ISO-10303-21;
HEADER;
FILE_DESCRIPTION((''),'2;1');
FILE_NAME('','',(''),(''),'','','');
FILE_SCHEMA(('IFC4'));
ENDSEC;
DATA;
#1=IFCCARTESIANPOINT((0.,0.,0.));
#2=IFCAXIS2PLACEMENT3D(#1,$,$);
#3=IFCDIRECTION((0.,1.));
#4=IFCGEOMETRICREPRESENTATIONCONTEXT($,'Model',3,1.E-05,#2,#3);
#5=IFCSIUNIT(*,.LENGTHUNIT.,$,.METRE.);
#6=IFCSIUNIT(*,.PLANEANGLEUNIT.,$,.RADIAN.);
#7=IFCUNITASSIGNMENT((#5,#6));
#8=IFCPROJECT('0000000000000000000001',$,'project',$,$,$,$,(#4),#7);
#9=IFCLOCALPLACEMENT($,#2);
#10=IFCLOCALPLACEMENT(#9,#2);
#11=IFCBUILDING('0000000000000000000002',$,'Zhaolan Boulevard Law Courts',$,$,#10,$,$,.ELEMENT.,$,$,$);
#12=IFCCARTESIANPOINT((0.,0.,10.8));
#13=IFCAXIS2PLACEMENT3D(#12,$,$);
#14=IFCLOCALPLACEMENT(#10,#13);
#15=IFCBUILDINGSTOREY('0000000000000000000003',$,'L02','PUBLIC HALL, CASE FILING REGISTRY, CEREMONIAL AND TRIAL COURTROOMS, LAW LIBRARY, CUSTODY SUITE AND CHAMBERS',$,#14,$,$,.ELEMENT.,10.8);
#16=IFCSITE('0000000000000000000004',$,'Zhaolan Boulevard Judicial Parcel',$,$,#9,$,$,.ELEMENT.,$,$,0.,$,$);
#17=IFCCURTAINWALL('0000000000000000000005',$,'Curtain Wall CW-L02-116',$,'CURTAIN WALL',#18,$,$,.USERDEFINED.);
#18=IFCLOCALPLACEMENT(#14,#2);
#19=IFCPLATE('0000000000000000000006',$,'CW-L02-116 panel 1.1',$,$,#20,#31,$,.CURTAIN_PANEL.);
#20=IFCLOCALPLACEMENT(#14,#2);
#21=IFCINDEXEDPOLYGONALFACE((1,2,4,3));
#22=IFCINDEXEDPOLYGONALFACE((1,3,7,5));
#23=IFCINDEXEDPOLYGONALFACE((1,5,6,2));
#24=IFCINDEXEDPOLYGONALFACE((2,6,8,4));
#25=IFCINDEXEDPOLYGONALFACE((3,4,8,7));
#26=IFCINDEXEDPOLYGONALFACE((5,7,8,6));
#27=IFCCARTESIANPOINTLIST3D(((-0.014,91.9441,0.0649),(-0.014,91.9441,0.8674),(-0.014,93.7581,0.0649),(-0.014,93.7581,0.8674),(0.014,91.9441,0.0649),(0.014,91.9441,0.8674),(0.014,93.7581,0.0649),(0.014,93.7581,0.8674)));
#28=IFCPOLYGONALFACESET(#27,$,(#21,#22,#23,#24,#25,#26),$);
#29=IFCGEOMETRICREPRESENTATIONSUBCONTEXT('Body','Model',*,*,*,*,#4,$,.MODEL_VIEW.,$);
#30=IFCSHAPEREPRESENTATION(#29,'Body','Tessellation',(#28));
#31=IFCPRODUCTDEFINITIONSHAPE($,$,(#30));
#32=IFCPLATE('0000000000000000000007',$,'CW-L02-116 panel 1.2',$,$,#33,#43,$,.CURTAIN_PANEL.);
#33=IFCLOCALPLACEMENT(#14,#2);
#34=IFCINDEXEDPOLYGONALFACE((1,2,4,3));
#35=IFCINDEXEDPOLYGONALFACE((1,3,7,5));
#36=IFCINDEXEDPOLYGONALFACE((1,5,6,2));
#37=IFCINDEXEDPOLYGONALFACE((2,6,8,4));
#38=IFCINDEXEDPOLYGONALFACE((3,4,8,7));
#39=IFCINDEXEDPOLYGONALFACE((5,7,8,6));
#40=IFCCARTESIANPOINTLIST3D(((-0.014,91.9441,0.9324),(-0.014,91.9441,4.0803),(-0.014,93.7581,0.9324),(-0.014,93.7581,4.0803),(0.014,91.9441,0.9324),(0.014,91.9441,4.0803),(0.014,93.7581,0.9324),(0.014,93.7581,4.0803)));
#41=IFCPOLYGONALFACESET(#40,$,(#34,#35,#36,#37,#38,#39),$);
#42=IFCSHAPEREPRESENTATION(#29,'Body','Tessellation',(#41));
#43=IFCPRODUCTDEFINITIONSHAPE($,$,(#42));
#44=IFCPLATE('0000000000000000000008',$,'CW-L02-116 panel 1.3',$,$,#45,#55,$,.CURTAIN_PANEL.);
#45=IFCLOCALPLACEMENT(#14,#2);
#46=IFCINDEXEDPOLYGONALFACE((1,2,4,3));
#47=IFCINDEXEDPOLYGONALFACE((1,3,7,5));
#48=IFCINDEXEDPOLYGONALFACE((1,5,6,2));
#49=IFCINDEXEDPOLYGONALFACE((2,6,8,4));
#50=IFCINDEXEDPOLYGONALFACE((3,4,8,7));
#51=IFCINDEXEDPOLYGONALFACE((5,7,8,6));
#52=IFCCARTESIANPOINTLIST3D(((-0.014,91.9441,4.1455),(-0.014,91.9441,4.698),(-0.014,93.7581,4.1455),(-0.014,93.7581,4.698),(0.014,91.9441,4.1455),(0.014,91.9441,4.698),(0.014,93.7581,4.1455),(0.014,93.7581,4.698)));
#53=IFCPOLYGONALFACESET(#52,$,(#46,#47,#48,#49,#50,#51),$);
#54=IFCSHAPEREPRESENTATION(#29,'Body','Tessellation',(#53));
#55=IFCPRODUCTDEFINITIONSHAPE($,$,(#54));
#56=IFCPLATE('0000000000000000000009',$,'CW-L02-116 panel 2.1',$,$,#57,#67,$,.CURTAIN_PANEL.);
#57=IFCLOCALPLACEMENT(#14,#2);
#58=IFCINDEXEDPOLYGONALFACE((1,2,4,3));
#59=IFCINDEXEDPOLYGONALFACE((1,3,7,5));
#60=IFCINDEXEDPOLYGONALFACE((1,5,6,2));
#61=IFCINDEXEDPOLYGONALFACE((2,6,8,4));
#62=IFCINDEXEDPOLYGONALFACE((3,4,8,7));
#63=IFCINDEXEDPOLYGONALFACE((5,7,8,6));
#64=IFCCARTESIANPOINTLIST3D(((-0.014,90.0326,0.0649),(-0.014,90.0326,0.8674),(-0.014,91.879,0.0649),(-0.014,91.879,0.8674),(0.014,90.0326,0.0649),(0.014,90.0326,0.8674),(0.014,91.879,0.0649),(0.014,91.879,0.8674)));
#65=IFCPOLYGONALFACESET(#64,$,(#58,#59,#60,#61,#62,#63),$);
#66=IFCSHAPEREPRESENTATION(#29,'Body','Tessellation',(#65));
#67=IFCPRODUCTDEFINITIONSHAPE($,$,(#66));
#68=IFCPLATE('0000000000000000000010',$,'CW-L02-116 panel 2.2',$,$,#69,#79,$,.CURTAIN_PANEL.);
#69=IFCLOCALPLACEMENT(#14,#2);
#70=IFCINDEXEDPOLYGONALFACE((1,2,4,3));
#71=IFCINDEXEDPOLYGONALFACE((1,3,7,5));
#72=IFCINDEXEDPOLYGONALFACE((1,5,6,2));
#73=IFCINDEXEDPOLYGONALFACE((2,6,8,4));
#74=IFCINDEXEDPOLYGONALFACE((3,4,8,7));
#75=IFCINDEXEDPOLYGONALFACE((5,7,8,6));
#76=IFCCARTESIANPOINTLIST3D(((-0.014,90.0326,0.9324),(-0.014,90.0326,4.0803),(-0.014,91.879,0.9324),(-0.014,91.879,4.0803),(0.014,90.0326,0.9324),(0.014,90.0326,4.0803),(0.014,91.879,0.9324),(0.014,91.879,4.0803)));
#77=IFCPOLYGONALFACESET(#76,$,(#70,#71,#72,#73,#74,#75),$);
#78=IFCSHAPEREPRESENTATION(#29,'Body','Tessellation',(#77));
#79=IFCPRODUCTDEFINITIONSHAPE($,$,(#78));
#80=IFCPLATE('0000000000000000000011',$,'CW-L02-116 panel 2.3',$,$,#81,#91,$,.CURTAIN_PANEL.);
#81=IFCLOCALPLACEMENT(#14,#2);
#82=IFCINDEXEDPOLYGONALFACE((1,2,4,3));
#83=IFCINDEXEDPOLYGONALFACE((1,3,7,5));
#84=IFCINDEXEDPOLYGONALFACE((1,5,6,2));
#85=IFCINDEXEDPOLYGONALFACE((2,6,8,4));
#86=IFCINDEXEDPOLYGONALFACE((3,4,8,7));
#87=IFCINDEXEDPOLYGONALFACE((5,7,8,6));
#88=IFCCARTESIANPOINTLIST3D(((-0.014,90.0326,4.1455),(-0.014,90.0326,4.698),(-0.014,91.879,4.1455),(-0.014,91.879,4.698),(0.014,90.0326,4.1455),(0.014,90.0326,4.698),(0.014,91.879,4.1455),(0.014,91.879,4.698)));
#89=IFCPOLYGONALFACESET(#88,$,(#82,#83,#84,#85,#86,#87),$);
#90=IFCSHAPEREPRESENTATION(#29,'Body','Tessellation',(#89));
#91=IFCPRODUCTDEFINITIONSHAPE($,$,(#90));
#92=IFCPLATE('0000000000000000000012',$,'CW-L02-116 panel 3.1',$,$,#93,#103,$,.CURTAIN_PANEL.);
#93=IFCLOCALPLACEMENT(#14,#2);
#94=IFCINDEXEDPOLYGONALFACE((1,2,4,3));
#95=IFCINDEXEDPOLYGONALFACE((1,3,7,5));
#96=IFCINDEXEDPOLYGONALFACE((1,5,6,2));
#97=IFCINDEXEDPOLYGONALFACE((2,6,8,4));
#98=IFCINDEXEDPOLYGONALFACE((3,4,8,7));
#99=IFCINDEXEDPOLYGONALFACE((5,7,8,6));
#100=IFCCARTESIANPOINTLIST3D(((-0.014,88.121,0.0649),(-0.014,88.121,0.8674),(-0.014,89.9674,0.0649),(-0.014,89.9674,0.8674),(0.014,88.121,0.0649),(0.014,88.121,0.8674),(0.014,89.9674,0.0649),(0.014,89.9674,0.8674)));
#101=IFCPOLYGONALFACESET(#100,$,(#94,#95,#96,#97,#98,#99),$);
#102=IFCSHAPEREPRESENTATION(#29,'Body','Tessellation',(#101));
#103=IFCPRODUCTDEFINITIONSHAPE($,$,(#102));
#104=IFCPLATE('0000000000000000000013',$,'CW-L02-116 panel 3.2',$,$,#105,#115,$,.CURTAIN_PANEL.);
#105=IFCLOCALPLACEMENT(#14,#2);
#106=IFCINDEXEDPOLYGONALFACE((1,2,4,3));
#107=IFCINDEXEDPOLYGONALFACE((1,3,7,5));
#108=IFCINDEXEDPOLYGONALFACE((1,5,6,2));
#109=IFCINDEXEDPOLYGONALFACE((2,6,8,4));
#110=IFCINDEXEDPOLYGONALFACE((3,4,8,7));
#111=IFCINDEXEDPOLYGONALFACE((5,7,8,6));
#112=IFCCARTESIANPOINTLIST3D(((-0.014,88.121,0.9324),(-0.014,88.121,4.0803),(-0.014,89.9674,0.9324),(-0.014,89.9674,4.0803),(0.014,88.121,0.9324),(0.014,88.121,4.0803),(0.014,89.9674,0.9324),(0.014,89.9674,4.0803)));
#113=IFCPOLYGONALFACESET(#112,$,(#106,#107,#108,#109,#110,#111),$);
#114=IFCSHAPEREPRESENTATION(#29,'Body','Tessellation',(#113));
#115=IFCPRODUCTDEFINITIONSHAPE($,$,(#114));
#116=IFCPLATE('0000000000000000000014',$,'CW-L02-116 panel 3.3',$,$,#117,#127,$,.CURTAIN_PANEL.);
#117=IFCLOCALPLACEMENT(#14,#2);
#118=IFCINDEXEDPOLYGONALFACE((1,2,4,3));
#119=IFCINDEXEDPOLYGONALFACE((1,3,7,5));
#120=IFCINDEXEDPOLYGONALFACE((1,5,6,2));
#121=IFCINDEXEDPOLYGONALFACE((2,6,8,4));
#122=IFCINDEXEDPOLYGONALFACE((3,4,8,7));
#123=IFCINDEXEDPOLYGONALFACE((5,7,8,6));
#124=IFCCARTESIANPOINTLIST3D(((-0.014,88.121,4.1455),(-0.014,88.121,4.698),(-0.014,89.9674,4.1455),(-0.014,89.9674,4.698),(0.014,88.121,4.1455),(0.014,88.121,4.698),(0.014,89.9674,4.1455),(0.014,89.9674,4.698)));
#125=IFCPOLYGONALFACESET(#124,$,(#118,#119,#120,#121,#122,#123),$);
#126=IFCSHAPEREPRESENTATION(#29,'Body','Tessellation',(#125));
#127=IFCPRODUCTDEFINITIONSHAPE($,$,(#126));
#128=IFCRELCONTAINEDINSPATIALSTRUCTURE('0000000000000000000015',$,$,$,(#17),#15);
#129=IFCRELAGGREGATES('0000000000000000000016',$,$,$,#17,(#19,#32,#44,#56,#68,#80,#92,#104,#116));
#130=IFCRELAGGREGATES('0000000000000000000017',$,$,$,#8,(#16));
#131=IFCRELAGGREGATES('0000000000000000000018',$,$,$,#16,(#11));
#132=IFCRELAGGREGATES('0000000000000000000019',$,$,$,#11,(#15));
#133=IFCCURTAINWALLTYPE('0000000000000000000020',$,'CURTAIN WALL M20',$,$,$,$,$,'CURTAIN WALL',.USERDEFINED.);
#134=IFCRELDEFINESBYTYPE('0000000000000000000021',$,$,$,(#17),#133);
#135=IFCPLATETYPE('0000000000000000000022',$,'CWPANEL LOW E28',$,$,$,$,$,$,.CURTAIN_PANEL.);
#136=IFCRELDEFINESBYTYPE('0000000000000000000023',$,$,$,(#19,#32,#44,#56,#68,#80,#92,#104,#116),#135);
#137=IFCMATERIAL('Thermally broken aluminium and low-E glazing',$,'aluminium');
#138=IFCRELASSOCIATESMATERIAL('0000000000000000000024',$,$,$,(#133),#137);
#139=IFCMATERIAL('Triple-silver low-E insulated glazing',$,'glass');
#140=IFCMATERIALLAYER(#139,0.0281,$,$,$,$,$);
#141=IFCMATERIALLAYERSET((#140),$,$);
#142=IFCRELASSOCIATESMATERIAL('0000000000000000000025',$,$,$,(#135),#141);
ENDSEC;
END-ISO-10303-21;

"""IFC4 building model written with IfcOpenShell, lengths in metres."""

from ifc_helpers import new_model, si_unit, direction, frame, origin, origin_2d, place, context, subcontext, project, spatial, rectangle, extrude, material, layer, layer_set, type_object, element, aggregate, save


model = new_model("IFC4")

# Units and contexts
model_context = context("Model", 3, precision=1e-05, world=origin(), true_north=direction((0.0, 1.0)))
body_context = subcontext(model_context, "Body", "Model", "MODEL_VIEW")
ifc_project = project(units=[si_unit("LENGTHUNIT", "METRE"), si_unit("PLANEANGLEUNIT", "RADIAN")], contexts=[model_context])

# Site, building, storey
site_placement = place(None, origin())
site = spatial("IfcSite", under=ifc_project, at=site_placement, Name="Zhaolan Boulevard Judicial Parcel", CompositionType="ELEMENT", RefElevation=0.0)
building_placement = place(site_placement, origin())
building = spatial("IfcBuilding", under=site, at=building_placement, Name="Zhaolan Boulevard Law Courts", CompositionType="ELEMENT")
storey_placement = place(building_placement, frame((0.0, 0.0, 10.8)))
storey = spatial("IfcBuildingStorey", under=building, at=storey_placement, Name="L02", Description="PUBLIC HALL, CASE FILING REGISTRY, CEREMONIAL AND TRIAL COURTROOMS, LAW LIBRARY, CUSTODY SUITE AND CHAMBERS", CompositionType="ELEMENT", Elevation=10.8)

# Curtain wall, plates
ifc_material_1 = material(Name="Thermally broken aluminium and low-E glazing", Category="aluminium")
curtain_wall_type = type_object("IfcCurtainWallType", Name="CURTAIN WALL M20", ElementType="CURTAIN WALL", PredefinedType="USERDEFINED", material=ifc_material_1)
curtain_wall_placement = place(storey_placement, origin())
curtain_wall = element("IfcCurtainWall", 1, at=curtain_wall_placement, inside=storey, type_object=curtain_wall_type, Name="Curtain Wall CW-L02-116", ObjectType="CURTAIN WALL", PredefinedType="USERDEFINED")
ifc_material_2 = material(Name="Triple-silver low-E insulated glazing", Category="glass")
ifc_layer = layer(ifc_material_2, 0.0281)
ifc_layer_set = layer_set([ifc_layer])
plate_type = type_object("IfcPlateType", Name="CWPANEL LOW E28", PredefinedType="CURTAIN_PANEL", material=ifc_layer_set)
plate_1_placement = place(storey_placement, frame((0.0, 92.8511, 0.0649), z_axis=(0.0, 0.0, 1.0), x_axis=(0.0, -1.0, 0.0)))
plate_1 = element("IfcPlate", 2, at=plate_1_placement, type_object=plate_type, Name="CW-L02-116 panel 1.1", PredefinedType="CURTAIN_PANEL", context=body_context, shape_type="SweptSolid", body=[
    extrude(rectangle(XDim=1.814, YDim=0.0281, at=origin_2d()), origin(), (0.0, 0.0, 1.0), 0.8025),
])
plate_2_placement = place(storey_placement, frame((0.0, 92.8511, 0.9324), z_axis=(0.0, 0.0, 1.0), x_axis=(0.0, -1.0, 0.0)))
plate_2 = element("IfcPlate", 3, at=plate_2_placement, type_object=plate_type, Name="CW-L02-116 panel 1.2", PredefinedType="CURTAIN_PANEL", context=body_context, shape_type="SweptSolid", body=[
    extrude(rectangle(XDim=1.814, YDim=0.0281, at=origin_2d()), origin(), (0.0, 0.0, 1.0), 3.1479),
])
plate_3_placement = place(storey_placement, frame((0.0, 92.8511, 4.1455), z_axis=(0.0, 0.0, 1.0), x_axis=(0.0, -1.0, 0.0)))
plate_3 = element("IfcPlate", 4, at=plate_3_placement, type_object=plate_type, Name="CW-L02-116 panel 1.3", PredefinedType="CURTAIN_PANEL", context=body_context, shape_type="SweptSolid", body=[
    extrude(rectangle(XDim=1.814, YDim=0.0281, at=origin_2d()), origin(), (0.0, 0.0, 1.0), 0.5525),
])
plate_4_placement = place(storey_placement, frame((0.0, 90.9558, 0.0649), z_axis=(0.0, 0.0, 1.0), x_axis=(0.0, -1.0, 0.0)))
plate_4 = element("IfcPlate", 5, at=plate_4_placement, type_object=plate_type, Name="CW-L02-116 panel 2.1", PredefinedType="CURTAIN_PANEL", context=body_context, shape_type="SweptSolid", body=[
    extrude(rectangle(XDim=1.8464, YDim=0.0281, at=origin_2d()), origin(), (0.0, 0.0, 1.0), 0.8025),
])
plate_5_placement = place(storey_placement, frame((0.0, 90.9558, 0.9324), z_axis=(0.0, 0.0, 1.0), x_axis=(0.0, -1.0, 0.0)))
plate_5 = element("IfcPlate", 6, at=plate_5_placement, type_object=plate_type, Name="CW-L02-116 panel 2.2", PredefinedType="CURTAIN_PANEL", context=body_context, shape_type="SweptSolid", body=[
    extrude(rectangle(XDim=1.8464, YDim=0.0281, at=origin_2d()), origin(), (0.0, 0.0, 1.0), 3.1479),
])
plate_6_placement = place(storey_placement, frame((0.0, 90.9558, 4.1455), z_axis=(0.0, 0.0, 1.0), x_axis=(0.0, -1.0, 0.0)))
plate_6 = element("IfcPlate", 7, at=plate_6_placement, type_object=plate_type, Name="CW-L02-116 panel 2.3", PredefinedType="CURTAIN_PANEL", context=body_context, shape_type="SweptSolid", body=[
    extrude(rectangle(XDim=1.8464, YDim=0.0281, at=origin_2d()), origin(), (0.0, 0.0, 1.0), 0.5525),
])
plate_7_placement = place(storey_placement, frame((0.0, 89.0442, 0.0649), z_axis=(0.0, 0.0, 1.0), x_axis=(0.0, -1.0, 0.0)))
plate_7 = element("IfcPlate", 8, at=plate_7_placement, type_object=plate_type, Name="CW-L02-116 panel 3.1", PredefinedType="CURTAIN_PANEL", context=body_context, shape_type="SweptSolid", body=[
    extrude(rectangle(XDim=1.8464, YDim=0.0281, at=origin_2d()), origin(), (0.0, 0.0, 1.0), 0.8025),
])
plate_8_placement = place(storey_placement, frame((0.0, 89.0442, 0.9324), z_axis=(0.0, 0.0, 1.0), x_axis=(0.0, -1.0, 0.0)))
plate_8 = element("IfcPlate", 9, at=plate_8_placement, type_object=plate_type, Name="CW-L02-116 panel 3.2", PredefinedType="CURTAIN_PANEL", context=body_context, shape_type="SweptSolid", body=[
    extrude(rectangle(XDim=1.8464, YDim=0.0281, at=origin_2d()), origin(), (0.0, 0.0, 1.0), 3.1479),
])
plate_9_placement = place(storey_placement, frame((0.0, 89.0442, 4.1455), z_axis=(0.0, 0.0, 1.0), x_axis=(0.0, -1.0, 0.0)))
plate_9 = element("IfcPlate", 10, at=plate_9_placement, type_object=plate_type, Name="CW-L02-116 panel 3.3", PredefinedType="CURTAIN_PANEL", context=body_context, shape_type="SweptSolid", body=[
    extrude(rectangle(XDim=1.8464, YDim=0.0281, at=origin_2d()), origin(), (0.0, 0.0, 1.0), 0.5525),
])
aggregate(curtain_wall, [plate_1, plate_2, plate_3, plate_4, plate_5, plate_6, plate_7, plate_8, plate_9])

save(model, "model.ifc")
